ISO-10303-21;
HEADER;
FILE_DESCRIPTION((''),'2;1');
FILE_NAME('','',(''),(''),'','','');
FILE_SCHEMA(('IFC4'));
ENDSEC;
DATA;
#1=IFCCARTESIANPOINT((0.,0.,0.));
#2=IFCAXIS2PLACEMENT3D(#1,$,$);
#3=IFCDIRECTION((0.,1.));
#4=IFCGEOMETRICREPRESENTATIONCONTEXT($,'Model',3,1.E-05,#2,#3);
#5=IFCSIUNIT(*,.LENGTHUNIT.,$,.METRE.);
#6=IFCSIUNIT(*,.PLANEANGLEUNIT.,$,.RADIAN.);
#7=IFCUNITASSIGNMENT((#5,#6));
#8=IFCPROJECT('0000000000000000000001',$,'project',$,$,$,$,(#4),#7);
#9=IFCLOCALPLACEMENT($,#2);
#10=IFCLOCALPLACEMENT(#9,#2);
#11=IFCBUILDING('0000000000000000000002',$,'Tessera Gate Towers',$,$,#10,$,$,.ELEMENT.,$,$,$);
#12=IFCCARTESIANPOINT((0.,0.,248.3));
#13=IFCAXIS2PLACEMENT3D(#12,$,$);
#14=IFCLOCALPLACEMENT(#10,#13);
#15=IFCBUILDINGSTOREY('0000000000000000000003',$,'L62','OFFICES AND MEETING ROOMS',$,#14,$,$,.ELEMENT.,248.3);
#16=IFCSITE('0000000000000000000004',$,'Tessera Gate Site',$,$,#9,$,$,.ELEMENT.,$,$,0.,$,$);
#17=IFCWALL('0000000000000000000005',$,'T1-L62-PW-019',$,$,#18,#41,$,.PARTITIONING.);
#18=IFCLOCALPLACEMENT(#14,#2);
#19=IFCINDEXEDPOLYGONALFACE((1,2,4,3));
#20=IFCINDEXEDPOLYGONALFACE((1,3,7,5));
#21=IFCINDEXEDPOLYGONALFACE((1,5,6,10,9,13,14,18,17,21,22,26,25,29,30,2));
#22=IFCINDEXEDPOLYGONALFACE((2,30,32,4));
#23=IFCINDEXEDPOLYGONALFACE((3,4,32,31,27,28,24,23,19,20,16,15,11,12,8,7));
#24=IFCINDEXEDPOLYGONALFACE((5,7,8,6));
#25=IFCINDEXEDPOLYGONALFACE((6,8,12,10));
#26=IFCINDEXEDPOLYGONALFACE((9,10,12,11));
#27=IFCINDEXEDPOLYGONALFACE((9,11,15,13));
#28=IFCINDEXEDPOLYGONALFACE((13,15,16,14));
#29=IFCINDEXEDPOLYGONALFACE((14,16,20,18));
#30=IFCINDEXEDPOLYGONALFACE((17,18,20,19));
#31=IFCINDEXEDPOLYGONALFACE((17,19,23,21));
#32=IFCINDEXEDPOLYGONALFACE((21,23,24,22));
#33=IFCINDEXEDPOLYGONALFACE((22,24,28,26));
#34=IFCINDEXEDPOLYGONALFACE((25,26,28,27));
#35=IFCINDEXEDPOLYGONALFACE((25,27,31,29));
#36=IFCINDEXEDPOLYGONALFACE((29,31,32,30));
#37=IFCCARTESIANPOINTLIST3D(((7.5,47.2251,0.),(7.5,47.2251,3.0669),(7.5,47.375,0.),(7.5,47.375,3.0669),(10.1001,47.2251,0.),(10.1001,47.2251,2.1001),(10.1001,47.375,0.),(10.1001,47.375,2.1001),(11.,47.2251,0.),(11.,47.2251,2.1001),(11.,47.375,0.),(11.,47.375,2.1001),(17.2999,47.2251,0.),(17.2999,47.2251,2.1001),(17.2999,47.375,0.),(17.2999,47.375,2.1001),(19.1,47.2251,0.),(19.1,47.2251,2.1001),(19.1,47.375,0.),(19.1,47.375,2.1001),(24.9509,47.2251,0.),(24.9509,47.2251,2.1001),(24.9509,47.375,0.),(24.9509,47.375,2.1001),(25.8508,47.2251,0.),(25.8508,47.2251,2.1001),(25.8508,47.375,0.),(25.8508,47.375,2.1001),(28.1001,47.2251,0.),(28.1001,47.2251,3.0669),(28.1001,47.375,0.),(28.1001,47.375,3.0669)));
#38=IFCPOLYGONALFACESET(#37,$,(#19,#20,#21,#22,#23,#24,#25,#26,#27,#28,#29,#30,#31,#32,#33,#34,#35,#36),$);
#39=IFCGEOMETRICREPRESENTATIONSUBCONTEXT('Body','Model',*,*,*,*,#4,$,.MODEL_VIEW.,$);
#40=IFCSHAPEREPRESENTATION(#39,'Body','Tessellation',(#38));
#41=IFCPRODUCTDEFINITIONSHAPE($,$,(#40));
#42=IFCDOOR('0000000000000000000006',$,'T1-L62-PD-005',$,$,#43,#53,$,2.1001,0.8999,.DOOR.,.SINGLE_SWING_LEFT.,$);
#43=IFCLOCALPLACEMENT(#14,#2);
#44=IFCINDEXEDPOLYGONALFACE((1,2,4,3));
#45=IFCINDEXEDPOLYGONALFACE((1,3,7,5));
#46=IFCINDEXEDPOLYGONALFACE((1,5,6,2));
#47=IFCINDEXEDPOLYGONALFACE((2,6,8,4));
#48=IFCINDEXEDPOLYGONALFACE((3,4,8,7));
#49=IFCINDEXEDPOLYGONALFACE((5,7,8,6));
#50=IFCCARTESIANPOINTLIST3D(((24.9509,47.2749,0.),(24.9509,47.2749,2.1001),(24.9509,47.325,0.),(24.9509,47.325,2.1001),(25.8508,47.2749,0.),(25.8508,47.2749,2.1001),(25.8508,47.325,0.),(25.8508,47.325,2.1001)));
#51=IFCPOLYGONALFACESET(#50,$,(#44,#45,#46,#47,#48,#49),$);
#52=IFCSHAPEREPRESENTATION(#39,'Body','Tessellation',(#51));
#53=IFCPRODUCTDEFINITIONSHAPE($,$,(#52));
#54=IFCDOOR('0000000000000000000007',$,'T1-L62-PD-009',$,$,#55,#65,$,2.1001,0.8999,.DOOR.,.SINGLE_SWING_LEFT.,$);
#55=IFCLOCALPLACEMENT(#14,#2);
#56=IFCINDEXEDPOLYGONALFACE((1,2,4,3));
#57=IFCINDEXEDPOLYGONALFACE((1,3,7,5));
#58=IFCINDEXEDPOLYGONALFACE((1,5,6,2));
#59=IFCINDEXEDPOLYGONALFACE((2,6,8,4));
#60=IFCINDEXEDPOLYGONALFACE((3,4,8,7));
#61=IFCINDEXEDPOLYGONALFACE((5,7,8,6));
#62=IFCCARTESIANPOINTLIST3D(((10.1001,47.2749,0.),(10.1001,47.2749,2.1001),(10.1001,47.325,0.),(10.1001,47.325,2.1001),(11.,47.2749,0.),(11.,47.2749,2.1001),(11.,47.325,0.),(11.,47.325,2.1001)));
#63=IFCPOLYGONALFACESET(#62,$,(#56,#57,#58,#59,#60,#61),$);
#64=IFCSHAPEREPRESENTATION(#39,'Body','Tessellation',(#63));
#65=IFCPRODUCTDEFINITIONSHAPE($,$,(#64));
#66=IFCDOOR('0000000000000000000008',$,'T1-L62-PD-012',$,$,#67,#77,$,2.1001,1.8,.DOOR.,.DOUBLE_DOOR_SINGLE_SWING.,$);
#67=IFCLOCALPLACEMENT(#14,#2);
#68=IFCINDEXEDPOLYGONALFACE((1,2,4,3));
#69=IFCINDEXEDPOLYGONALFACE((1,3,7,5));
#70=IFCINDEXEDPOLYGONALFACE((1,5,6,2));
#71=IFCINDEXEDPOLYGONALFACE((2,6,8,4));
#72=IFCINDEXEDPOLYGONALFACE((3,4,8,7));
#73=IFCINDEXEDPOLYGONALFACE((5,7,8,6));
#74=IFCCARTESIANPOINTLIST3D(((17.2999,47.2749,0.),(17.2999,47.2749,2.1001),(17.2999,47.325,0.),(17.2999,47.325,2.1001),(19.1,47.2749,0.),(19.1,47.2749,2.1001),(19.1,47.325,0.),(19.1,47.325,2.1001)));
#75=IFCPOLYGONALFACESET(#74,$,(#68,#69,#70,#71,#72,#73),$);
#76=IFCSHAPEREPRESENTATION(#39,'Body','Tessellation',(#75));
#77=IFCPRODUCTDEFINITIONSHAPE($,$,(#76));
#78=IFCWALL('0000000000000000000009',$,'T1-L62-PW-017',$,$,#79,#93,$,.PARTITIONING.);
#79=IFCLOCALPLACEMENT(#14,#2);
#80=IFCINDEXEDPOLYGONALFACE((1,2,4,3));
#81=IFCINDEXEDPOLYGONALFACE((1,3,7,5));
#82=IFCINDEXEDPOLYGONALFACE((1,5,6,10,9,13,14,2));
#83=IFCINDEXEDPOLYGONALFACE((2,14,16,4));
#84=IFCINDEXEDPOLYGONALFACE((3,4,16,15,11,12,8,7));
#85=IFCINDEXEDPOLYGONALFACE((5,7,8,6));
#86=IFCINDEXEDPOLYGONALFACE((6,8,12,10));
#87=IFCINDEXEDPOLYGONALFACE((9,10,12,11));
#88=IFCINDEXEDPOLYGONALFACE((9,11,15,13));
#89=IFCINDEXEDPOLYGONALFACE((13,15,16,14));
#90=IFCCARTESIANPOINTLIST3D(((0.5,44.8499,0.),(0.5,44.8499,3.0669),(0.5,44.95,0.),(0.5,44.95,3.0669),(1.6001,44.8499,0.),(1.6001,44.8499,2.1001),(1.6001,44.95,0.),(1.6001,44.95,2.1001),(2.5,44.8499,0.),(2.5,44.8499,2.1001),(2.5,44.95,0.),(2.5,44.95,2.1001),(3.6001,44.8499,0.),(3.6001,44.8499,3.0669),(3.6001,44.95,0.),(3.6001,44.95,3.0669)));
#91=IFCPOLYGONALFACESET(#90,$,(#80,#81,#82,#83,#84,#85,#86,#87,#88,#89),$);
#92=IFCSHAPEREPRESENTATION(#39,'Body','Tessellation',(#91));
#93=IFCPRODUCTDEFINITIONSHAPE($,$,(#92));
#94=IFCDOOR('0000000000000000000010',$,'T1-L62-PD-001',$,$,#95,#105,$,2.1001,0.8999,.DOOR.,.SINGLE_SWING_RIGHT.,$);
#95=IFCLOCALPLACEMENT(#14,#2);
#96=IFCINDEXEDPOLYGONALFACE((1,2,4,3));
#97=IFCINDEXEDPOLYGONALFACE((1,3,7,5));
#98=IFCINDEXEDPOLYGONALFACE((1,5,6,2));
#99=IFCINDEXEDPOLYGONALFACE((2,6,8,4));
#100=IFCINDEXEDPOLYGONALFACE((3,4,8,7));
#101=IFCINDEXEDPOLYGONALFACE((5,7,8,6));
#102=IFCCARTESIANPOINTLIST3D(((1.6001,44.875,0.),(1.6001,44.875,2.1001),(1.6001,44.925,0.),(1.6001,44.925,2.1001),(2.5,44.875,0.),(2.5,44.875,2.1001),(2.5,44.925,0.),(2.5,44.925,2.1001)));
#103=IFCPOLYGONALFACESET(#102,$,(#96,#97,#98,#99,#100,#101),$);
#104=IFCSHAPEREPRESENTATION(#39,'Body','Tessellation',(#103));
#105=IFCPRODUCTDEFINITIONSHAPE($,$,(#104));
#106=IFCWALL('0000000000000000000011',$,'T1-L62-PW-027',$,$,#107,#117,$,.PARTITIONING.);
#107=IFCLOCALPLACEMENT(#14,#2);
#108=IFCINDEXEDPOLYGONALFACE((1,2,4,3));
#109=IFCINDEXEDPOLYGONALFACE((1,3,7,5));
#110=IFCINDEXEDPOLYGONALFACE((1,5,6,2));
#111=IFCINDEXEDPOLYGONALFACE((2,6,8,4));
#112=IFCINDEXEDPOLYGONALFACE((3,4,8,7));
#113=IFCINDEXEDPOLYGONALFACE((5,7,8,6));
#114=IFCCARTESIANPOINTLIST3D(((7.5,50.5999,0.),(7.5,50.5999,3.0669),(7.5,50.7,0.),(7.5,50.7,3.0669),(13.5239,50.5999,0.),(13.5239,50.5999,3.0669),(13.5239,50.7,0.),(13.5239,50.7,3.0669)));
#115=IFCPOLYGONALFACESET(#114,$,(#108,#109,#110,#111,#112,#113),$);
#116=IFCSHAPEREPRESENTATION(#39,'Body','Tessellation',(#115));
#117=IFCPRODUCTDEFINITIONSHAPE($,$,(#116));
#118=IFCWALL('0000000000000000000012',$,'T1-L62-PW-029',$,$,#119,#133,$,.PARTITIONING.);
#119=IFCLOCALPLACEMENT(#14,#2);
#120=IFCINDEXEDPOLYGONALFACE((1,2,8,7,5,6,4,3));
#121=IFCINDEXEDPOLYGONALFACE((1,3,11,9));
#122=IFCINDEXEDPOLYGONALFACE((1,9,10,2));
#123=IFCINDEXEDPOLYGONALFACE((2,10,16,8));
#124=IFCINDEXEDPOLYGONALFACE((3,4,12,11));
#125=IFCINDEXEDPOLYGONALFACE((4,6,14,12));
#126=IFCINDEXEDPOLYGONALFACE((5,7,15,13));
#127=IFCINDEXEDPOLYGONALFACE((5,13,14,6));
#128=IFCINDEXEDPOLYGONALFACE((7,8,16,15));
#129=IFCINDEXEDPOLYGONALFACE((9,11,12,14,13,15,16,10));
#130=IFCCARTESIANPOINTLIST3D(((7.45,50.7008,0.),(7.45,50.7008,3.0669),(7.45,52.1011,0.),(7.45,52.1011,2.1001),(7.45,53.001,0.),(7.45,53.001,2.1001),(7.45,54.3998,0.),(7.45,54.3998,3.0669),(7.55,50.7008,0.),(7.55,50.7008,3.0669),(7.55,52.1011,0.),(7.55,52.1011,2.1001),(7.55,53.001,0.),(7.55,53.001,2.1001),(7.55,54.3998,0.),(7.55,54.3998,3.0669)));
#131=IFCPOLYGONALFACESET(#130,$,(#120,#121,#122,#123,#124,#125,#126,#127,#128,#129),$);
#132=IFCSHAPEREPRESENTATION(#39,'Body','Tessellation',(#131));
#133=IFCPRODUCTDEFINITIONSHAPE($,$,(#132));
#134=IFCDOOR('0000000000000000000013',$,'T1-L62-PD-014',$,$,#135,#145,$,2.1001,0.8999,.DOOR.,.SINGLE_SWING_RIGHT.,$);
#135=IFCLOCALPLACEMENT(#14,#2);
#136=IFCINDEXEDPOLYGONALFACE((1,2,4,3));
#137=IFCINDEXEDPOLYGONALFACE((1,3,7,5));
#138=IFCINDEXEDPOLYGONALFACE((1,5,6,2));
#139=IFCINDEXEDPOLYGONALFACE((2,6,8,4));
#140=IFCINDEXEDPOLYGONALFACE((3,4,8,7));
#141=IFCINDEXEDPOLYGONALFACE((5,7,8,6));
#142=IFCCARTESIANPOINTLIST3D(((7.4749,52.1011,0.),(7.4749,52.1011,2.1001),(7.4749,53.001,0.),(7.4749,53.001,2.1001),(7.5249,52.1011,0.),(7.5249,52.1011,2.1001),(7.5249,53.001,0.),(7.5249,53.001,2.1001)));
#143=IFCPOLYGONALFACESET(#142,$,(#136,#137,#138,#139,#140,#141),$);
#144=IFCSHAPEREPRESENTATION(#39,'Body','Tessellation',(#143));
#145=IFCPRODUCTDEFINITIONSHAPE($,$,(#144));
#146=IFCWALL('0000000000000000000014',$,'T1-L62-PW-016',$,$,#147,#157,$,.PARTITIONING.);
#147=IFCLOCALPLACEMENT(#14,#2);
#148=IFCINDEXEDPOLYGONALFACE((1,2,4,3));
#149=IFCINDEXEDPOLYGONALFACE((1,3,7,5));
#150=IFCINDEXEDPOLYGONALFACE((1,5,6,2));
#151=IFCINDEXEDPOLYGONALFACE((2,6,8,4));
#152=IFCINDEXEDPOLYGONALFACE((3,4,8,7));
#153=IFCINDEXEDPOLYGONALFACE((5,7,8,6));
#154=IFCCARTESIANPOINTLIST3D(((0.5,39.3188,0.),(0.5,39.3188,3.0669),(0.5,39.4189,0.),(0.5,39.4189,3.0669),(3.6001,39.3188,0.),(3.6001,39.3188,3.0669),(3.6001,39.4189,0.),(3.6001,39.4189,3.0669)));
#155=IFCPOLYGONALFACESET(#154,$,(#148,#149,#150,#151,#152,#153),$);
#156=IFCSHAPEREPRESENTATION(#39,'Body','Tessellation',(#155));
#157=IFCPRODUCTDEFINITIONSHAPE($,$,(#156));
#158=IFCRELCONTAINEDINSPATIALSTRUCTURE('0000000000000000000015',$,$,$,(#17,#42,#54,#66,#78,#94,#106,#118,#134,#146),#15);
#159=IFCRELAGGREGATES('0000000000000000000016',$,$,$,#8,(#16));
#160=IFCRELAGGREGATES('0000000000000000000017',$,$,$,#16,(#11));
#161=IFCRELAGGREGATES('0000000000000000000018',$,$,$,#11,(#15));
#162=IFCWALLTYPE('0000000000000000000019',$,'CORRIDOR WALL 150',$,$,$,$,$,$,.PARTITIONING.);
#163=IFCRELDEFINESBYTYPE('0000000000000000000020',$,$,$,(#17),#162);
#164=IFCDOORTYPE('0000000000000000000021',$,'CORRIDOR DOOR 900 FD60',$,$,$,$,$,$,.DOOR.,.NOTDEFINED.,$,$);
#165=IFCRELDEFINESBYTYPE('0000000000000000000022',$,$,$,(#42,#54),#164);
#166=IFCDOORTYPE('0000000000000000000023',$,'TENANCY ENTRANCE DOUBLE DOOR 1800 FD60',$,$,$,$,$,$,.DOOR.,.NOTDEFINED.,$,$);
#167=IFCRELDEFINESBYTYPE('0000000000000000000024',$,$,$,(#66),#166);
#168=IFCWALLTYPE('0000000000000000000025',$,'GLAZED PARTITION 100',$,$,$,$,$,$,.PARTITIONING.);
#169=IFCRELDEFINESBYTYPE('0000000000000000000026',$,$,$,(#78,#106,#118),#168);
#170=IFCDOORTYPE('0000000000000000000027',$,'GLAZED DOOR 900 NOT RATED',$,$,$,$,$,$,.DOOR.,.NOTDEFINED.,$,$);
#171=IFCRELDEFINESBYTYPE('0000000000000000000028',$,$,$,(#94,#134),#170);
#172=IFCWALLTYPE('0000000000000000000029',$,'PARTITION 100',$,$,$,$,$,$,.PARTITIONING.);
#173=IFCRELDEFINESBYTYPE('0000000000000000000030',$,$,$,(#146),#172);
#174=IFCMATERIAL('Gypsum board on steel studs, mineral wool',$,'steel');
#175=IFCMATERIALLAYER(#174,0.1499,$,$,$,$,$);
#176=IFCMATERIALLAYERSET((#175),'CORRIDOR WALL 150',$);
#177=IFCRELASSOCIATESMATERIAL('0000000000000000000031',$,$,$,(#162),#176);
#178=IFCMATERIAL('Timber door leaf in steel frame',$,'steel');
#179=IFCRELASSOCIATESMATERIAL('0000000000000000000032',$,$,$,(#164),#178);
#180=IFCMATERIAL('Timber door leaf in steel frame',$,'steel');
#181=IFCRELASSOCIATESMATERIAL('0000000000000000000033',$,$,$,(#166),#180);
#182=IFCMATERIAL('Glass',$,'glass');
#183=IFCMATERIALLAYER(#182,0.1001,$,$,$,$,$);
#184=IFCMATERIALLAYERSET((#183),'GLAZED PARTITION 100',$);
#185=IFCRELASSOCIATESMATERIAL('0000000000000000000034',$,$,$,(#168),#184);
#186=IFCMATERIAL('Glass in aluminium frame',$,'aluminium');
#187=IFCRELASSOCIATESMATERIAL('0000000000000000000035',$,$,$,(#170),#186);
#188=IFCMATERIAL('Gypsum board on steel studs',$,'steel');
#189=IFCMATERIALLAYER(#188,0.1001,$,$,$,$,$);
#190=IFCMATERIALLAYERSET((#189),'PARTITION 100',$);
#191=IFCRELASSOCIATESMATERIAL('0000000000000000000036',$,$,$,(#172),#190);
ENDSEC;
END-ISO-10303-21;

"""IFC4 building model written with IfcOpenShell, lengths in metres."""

from ifc_helpers import new_model, si_unit, direction, frame, frame_2d, origin, place, context, subcontext, project, spatial, rectangle, extrude, source, transform, mapped, material, layer, layer_set, type_object, element, fill, save


model = new_model("IFC4")

# Units and contexts
model_context = context("Model", 3, precision=1e-05, world=origin(), true_north=direction((0.0, 1.0)))
body_context = subcontext(model_context, "Body", "Model", "MODEL_VIEW")
ifc_project = project(units=[si_unit("LENGTHUNIT", "METRE"), si_unit("PLANEANGLEUNIT", "RADIAN")], contexts=[model_context])

# Site, building, storey
site_placement = place(None, origin())
site = spatial("IfcSite", under=ifc_project, at=site_placement, Name="Tessera Gate Site", CompositionType="ELEMENT", RefElevation=0.0)
building_placement = place(site_placement, origin())
building = spatial("IfcBuilding", under=site, at=building_placement, Name="Tessera Gate Towers", CompositionType="ELEMENT")
storey_placement = place(building_placement, frame((0.0, 0.0, 248.3)))
storey = spatial("IfcBuildingStorey", under=building, at=storey_placement, Name="L62", Description="OFFICES AND MEETING ROOMS", CompositionType="ELEMENT", Elevation=248.3)

# Shared definitions
ifc_material_1 = material(Name="Gypsum board on steel studs, mineral wool", Category="steel")
ifc_layer_1 = layer(ifc_material_1, 0.1499)
ifc_layer_set_1 = layer_set([ifc_layer_1], Name="CORRIDOR WALL 150")
wall_type_1 = type_object("IfcWallType", Name="CORRIDOR WALL 150", PredefinedType="PARTITIONING", material=ifc_layer_set_1)

# Wall, openings, doors
wall_1_placement = place(storey_placement, frame((7.5, 47.3, 0.0), z_axis=(0.0, 0.0, 1.0), x_axis=(1.0, 0.0, 0.0)))
wall_1 = element("IfcWall", 1, at=wall_1_placement, inside=storey, type_object=wall_type_1, Name="T1-L62-PW-019", PredefinedType="PARTITIONING", context=body_context, shape_type="SweptSolid", body=[
    extrude(rectangle(XDim=20.6001, YDim=0.1499, at=frame_2d((10.3, 0.0))), origin(), (0.0, 0.0, 1.0), 3.0669),
])
shared_shape_1 = source(origin(), body_context, "Body", "SweptSolid", [
    extrude(rectangle(XDim=0.8999, YDim=2.1001, at=frame_2d((0.45, 1.05))), frame((0.0, 0.085, 0.0), z_axis=(0.0, -1.0, 0.0), x_axis=(1.0, 0.0, 0.0)), (0.0, 0.0, 1.0), 0.1699),
])
opening_1_placement = place(wall_1_placement, frame((17.4509, 0.0, 0.0)))
opening_1 = element("IfcOpeningElement", 2, at=opening_1_placement, cuts=wall_1, PredefinedType="OPENING", context=body_context, shape_type="MappedRepresentation", body=[
    mapped(shared_shape_1, transform((0.0, 0.0, 0.0), scale=1.0)),
])
opening_2_placement = place(wall_1_placement, frame((2.6001, 0.0, 0.0)))
opening_2 = element("IfcOpeningElement", 3, at=opening_2_placement, cuts=wall_1, PredefinedType="OPENING", context=body_context, shape_type="MappedRepresentation", body=[
    mapped(shared_shape_1, transform((0.0, 0.0, 0.0), scale=1.0)),
])
shared_shape_2 = source(origin(), body_context, "Body", "SweptSolid", [
    extrude(rectangle(XDim=1.8, YDim=2.1001, at=frame_2d((0.8999, 1.05))), frame((0.0, 0.085, 0.0), z_axis=(0.0, -1.0, 0.0), x_axis=(1.0, 0.0, 0.0)), (0.0, 0.0, 1.0), 0.1699),
])
opening_3_placement = place(wall_1_placement, frame((9.8, 0.0, 0.0)))
opening_3 = element("IfcOpeningElement", 4, at=opening_3_placement, cuts=wall_1, PredefinedType="OPENING", context=body_context, shape_type="MappedRepresentation", body=[
    mapped(shared_shape_2, transform((0.0, 0.0, 0.0), scale=1.0)),
])
ifc_material_2 = material(Name="Timber door leaf in steel frame", Category="steel")
door_type_1 = type_object("IfcDoorType", Name="CORRIDOR DOOR 900 FD60", OperationType="NOTDEFINED", PredefinedType="DOOR", material=ifc_material_2)
shared_shape_3 = source(origin(), body_context, "Body", "SweptSolid", [
    extrude(rectangle(XDim=0.8999, YDim=2.1001, at=frame_2d((0.45, 1.05))), frame((0.0, 0.0249, 0.0), z_axis=(0.0, -1.0, 0.0), x_axis=(1.0, 0.0, 0.0)), (0.0, 0.0, 1.0), 0.05),
])
door_1_placement = place(opening_1_placement, origin())
door_1 = element("IfcDoor", 5, at=door_1_placement, inside=storey, type_object=door_type_1, Name="T1-L62-PD-005", OperationType="SINGLE_SWING_LEFT", OverallHeight=2.1001, OverallWidth=0.8999, PredefinedType="DOOR", context=body_context, shape_type="MappedRepresentation", body=[
    mapped(shared_shape_3, transform((0.0, 0.0, 0.0), scale=1.0)),
])
fill(opening_1, door_1)
door_2_placement = place(opening_2_placement, origin())
door_2 = element("IfcDoor", 6, at=door_2_placement, inside=storey, type_object=door_type_1, Name="T1-L62-PD-009", OperationType="SINGLE_SWING_LEFT", OverallHeight=2.1001, OverallWidth=0.8999, PredefinedType="DOOR", context=body_context, shape_type="MappedRepresentation", body=[
    mapped(shared_shape_3, transform((0.0, 0.0, 0.0), scale=1.0)),
])
fill(opening_2, door_2)
ifc_material_3 = material(Name="Timber door leaf in steel frame", Category="steel")
door_type_2 = type_object("IfcDoorType", Name="TENANCY ENTRANCE DOUBLE DOOR 1800 FD60", OperationType="NOTDEFINED", PredefinedType="DOOR", material=ifc_material_3)
shared_shape_4 = source(origin(), body_context, "Body", "SweptSolid", [
    extrude(rectangle(XDim=1.8, YDim=2.1001, at=frame_2d((0.8999, 1.05))), frame((0.0, 0.0249, 0.0), z_axis=(0.0, -1.0, 0.0), x_axis=(1.0, 0.0, 0.0)), (0.0, 0.0, 1.0), 0.05),
])
door_3_placement = place(opening_3_placement, origin())
door_3 = element("IfcDoor", 7, at=door_3_placement, inside=storey, type_object=door_type_2, Name="T1-L62-PD-012", OperationType="DOUBLE_DOOR_SINGLE_SWING", OverallHeight=2.1001, OverallWidth=1.8, PredefinedType="DOOR", context=body_context, shape_type="MappedRepresentation", body=[
    mapped(shared_shape_4, transform((0.0, 0.0, 0.0), scale=1.0)),
])
fill(opening_3, door_3)

# Wall, opening, door
ifc_material_4 = material(Name="Glass", Category="glass")
ifc_layer_2 = layer(ifc_material_4, 0.1001)
ifc_layer_set_2 = layer_set([ifc_layer_2], Name="GLAZED PARTITION 100")
wall_type_2 = type_object("IfcWallType", Name="GLAZED PARTITION 100", PredefinedType="PARTITIONING", material=ifc_layer_set_2)
wall_2_placement = place(storey_placement, frame((3.6001, 44.8999, 0.0), z_axis=(0.0, 0.0, 1.0), x_axis=(-1.0, 0.0, 0.0)))
wall_2 = element("IfcWall", 8, at=wall_2_placement, inside=storey, type_object=wall_type_2, Name="T1-L62-PW-017", PredefinedType="PARTITIONING", context=body_context, shape_type="SweptSolid", body=[
    extrude(rectangle(XDim=3.1001, YDim=0.1001, at=frame_2d((1.55, 0.0))), origin(), (0.0, 0.0, 1.0), 3.0669),
])
shared_shape_5 = source(origin(), body_context, "Body", "SweptSolid", [
    extrude(rectangle(XDim=0.8999, YDim=2.1001, at=frame_2d((0.45, 1.05))), frame((0.0, 0.0601, 0.0), z_axis=(0.0, -1.0, 0.0), x_axis=(1.0, 0.0, 0.0)), (0.0, 0.0, 1.0), 0.1201),
])
opening_4_placement = place(wall_2_placement, frame((1.1001, 0.0, 0.0)))
opening_4 = element("IfcOpeningElement", 9, at=opening_4_placement, cuts=wall_2, PredefinedType="OPENING", context=body_context, shape_type="MappedRepresentation", body=[
    mapped(shared_shape_5, transform((0.0, 0.0, 0.0), scale=1.0)),
])
ifc_material_5 = material(Name="Glass in aluminium frame", Category="aluminium")
door_type_3 = type_object("IfcDoorType", Name="GLAZED DOOR 900 NOT RATED", OperationType="NOTDEFINED", PredefinedType="DOOR", material=ifc_material_5)
door_4_placement = place(opening_4_placement, origin())
door_4 = element("IfcDoor", 10, at=door_4_placement, inside=storey, type_object=door_type_3, Name="T1-L62-PD-001", OperationType="SINGLE_SWING_RIGHT", OverallHeight=2.1001, OverallWidth=0.8999, PredefinedType="DOOR", context=body_context, shape_type="MappedRepresentation", body=[
    mapped(shared_shape_3, transform((0.0, 0.0, 0.0), scale=1.0)),
])
fill(opening_4, door_4)

# Wall
wall_3_placement = place(storey_placement, frame((7.5, 50.6499, 0.0), z_axis=(0.0, 0.0, 1.0), x_axis=(1.0, 0.0, 0.0)))
element("IfcWall", 11, at=wall_3_placement, inside=storey, type_object=wall_type_2, Name="T1-L62-PW-027", PredefinedType="PARTITIONING", context=body_context, shape_type="SweptSolid", body=[
    extrude(rectangle(XDim=6.0239, YDim=0.1001, at=frame_2d((3.012, 0.0))), origin(), (0.0, 0.0, 1.0), 3.0669),
])

# Wall, opening, door
wall_4_placement = place(storey_placement, frame((7.5, 54.3999, 0.0), z_axis=(0.0, 0.0, 1.0), x_axis=(0.0, -1.0, 0.0)))
wall_4 = element("IfcWall", 12, at=wall_4_placement, inside=storey, type_object=wall_type_2, Name="T1-L62-PW-029", PredefinedType="PARTITIONING", context=body_context, shape_type="SweptSolid", body=[
    extrude(rectangle(XDim=3.699, YDim=0.1001, at=frame_2d((1.8496, 0.0))), origin(), (0.0, 0.0, 1.0), 3.0669),
])
opening_5_placement = place(wall_4_placement, frame((1.3989, 0.0, 0.0)))
opening_5 = element("IfcOpeningElement", 13, at=opening_5_placement, cuts=wall_4, PredefinedType="OPENING", context=body_context, shape_type="MappedRepresentation", body=[
    mapped(shared_shape_5, transform((0.0, 0.0, 0.0), scale=1.0)),
])
door_5_placement = place(opening_5_placement, origin())
door_5 = element("IfcDoor", 14, at=door_5_placement, inside=storey, type_object=door_type_3, Name="T1-L62-PD-014", OperationType="SINGLE_SWING_RIGHT", OverallHeight=2.1001, OverallWidth=0.8999, PredefinedType="DOOR", context=body_context, shape_type="MappedRepresentation", body=[
    mapped(shared_shape_3, transform((0.0, 0.0, 0.0), scale=1.0)),
])
fill(opening_5, door_5)

# Wall
ifc_material_6 = material(Name="Gypsum board on steel studs", Category="steel")
ifc_layer_3 = layer(ifc_material_6, 0.1001)
ifc_layer_set_3 = layer_set([ifc_layer_3], Name="PARTITION 100")
wall_type_3 = type_object("IfcWallType", Name="PARTITION 100", PredefinedType="PARTITIONING", material=ifc_layer_set_3)
wall_5_placement = place(storey_placement, frame((0.5, 39.3689, 0.0), z_axis=(0.0, 0.0, 1.0), x_axis=(1.0, 0.0, 0.0)))
element("IfcWall", 15, at=wall_5_placement, inside=storey, type_object=wall_type_3, Name="T1-L62-PW-016", PredefinedType="PARTITIONING", context=body_context, shape_type="SweptSolid", body=[
    extrude(rectangle(XDim=3.1001, YDim=0.1001, at=frame_2d((1.55, 0.0))), origin(), (0.0, 0.0, 1.0), 3.0669),
])

save(model, "model.ifc")
